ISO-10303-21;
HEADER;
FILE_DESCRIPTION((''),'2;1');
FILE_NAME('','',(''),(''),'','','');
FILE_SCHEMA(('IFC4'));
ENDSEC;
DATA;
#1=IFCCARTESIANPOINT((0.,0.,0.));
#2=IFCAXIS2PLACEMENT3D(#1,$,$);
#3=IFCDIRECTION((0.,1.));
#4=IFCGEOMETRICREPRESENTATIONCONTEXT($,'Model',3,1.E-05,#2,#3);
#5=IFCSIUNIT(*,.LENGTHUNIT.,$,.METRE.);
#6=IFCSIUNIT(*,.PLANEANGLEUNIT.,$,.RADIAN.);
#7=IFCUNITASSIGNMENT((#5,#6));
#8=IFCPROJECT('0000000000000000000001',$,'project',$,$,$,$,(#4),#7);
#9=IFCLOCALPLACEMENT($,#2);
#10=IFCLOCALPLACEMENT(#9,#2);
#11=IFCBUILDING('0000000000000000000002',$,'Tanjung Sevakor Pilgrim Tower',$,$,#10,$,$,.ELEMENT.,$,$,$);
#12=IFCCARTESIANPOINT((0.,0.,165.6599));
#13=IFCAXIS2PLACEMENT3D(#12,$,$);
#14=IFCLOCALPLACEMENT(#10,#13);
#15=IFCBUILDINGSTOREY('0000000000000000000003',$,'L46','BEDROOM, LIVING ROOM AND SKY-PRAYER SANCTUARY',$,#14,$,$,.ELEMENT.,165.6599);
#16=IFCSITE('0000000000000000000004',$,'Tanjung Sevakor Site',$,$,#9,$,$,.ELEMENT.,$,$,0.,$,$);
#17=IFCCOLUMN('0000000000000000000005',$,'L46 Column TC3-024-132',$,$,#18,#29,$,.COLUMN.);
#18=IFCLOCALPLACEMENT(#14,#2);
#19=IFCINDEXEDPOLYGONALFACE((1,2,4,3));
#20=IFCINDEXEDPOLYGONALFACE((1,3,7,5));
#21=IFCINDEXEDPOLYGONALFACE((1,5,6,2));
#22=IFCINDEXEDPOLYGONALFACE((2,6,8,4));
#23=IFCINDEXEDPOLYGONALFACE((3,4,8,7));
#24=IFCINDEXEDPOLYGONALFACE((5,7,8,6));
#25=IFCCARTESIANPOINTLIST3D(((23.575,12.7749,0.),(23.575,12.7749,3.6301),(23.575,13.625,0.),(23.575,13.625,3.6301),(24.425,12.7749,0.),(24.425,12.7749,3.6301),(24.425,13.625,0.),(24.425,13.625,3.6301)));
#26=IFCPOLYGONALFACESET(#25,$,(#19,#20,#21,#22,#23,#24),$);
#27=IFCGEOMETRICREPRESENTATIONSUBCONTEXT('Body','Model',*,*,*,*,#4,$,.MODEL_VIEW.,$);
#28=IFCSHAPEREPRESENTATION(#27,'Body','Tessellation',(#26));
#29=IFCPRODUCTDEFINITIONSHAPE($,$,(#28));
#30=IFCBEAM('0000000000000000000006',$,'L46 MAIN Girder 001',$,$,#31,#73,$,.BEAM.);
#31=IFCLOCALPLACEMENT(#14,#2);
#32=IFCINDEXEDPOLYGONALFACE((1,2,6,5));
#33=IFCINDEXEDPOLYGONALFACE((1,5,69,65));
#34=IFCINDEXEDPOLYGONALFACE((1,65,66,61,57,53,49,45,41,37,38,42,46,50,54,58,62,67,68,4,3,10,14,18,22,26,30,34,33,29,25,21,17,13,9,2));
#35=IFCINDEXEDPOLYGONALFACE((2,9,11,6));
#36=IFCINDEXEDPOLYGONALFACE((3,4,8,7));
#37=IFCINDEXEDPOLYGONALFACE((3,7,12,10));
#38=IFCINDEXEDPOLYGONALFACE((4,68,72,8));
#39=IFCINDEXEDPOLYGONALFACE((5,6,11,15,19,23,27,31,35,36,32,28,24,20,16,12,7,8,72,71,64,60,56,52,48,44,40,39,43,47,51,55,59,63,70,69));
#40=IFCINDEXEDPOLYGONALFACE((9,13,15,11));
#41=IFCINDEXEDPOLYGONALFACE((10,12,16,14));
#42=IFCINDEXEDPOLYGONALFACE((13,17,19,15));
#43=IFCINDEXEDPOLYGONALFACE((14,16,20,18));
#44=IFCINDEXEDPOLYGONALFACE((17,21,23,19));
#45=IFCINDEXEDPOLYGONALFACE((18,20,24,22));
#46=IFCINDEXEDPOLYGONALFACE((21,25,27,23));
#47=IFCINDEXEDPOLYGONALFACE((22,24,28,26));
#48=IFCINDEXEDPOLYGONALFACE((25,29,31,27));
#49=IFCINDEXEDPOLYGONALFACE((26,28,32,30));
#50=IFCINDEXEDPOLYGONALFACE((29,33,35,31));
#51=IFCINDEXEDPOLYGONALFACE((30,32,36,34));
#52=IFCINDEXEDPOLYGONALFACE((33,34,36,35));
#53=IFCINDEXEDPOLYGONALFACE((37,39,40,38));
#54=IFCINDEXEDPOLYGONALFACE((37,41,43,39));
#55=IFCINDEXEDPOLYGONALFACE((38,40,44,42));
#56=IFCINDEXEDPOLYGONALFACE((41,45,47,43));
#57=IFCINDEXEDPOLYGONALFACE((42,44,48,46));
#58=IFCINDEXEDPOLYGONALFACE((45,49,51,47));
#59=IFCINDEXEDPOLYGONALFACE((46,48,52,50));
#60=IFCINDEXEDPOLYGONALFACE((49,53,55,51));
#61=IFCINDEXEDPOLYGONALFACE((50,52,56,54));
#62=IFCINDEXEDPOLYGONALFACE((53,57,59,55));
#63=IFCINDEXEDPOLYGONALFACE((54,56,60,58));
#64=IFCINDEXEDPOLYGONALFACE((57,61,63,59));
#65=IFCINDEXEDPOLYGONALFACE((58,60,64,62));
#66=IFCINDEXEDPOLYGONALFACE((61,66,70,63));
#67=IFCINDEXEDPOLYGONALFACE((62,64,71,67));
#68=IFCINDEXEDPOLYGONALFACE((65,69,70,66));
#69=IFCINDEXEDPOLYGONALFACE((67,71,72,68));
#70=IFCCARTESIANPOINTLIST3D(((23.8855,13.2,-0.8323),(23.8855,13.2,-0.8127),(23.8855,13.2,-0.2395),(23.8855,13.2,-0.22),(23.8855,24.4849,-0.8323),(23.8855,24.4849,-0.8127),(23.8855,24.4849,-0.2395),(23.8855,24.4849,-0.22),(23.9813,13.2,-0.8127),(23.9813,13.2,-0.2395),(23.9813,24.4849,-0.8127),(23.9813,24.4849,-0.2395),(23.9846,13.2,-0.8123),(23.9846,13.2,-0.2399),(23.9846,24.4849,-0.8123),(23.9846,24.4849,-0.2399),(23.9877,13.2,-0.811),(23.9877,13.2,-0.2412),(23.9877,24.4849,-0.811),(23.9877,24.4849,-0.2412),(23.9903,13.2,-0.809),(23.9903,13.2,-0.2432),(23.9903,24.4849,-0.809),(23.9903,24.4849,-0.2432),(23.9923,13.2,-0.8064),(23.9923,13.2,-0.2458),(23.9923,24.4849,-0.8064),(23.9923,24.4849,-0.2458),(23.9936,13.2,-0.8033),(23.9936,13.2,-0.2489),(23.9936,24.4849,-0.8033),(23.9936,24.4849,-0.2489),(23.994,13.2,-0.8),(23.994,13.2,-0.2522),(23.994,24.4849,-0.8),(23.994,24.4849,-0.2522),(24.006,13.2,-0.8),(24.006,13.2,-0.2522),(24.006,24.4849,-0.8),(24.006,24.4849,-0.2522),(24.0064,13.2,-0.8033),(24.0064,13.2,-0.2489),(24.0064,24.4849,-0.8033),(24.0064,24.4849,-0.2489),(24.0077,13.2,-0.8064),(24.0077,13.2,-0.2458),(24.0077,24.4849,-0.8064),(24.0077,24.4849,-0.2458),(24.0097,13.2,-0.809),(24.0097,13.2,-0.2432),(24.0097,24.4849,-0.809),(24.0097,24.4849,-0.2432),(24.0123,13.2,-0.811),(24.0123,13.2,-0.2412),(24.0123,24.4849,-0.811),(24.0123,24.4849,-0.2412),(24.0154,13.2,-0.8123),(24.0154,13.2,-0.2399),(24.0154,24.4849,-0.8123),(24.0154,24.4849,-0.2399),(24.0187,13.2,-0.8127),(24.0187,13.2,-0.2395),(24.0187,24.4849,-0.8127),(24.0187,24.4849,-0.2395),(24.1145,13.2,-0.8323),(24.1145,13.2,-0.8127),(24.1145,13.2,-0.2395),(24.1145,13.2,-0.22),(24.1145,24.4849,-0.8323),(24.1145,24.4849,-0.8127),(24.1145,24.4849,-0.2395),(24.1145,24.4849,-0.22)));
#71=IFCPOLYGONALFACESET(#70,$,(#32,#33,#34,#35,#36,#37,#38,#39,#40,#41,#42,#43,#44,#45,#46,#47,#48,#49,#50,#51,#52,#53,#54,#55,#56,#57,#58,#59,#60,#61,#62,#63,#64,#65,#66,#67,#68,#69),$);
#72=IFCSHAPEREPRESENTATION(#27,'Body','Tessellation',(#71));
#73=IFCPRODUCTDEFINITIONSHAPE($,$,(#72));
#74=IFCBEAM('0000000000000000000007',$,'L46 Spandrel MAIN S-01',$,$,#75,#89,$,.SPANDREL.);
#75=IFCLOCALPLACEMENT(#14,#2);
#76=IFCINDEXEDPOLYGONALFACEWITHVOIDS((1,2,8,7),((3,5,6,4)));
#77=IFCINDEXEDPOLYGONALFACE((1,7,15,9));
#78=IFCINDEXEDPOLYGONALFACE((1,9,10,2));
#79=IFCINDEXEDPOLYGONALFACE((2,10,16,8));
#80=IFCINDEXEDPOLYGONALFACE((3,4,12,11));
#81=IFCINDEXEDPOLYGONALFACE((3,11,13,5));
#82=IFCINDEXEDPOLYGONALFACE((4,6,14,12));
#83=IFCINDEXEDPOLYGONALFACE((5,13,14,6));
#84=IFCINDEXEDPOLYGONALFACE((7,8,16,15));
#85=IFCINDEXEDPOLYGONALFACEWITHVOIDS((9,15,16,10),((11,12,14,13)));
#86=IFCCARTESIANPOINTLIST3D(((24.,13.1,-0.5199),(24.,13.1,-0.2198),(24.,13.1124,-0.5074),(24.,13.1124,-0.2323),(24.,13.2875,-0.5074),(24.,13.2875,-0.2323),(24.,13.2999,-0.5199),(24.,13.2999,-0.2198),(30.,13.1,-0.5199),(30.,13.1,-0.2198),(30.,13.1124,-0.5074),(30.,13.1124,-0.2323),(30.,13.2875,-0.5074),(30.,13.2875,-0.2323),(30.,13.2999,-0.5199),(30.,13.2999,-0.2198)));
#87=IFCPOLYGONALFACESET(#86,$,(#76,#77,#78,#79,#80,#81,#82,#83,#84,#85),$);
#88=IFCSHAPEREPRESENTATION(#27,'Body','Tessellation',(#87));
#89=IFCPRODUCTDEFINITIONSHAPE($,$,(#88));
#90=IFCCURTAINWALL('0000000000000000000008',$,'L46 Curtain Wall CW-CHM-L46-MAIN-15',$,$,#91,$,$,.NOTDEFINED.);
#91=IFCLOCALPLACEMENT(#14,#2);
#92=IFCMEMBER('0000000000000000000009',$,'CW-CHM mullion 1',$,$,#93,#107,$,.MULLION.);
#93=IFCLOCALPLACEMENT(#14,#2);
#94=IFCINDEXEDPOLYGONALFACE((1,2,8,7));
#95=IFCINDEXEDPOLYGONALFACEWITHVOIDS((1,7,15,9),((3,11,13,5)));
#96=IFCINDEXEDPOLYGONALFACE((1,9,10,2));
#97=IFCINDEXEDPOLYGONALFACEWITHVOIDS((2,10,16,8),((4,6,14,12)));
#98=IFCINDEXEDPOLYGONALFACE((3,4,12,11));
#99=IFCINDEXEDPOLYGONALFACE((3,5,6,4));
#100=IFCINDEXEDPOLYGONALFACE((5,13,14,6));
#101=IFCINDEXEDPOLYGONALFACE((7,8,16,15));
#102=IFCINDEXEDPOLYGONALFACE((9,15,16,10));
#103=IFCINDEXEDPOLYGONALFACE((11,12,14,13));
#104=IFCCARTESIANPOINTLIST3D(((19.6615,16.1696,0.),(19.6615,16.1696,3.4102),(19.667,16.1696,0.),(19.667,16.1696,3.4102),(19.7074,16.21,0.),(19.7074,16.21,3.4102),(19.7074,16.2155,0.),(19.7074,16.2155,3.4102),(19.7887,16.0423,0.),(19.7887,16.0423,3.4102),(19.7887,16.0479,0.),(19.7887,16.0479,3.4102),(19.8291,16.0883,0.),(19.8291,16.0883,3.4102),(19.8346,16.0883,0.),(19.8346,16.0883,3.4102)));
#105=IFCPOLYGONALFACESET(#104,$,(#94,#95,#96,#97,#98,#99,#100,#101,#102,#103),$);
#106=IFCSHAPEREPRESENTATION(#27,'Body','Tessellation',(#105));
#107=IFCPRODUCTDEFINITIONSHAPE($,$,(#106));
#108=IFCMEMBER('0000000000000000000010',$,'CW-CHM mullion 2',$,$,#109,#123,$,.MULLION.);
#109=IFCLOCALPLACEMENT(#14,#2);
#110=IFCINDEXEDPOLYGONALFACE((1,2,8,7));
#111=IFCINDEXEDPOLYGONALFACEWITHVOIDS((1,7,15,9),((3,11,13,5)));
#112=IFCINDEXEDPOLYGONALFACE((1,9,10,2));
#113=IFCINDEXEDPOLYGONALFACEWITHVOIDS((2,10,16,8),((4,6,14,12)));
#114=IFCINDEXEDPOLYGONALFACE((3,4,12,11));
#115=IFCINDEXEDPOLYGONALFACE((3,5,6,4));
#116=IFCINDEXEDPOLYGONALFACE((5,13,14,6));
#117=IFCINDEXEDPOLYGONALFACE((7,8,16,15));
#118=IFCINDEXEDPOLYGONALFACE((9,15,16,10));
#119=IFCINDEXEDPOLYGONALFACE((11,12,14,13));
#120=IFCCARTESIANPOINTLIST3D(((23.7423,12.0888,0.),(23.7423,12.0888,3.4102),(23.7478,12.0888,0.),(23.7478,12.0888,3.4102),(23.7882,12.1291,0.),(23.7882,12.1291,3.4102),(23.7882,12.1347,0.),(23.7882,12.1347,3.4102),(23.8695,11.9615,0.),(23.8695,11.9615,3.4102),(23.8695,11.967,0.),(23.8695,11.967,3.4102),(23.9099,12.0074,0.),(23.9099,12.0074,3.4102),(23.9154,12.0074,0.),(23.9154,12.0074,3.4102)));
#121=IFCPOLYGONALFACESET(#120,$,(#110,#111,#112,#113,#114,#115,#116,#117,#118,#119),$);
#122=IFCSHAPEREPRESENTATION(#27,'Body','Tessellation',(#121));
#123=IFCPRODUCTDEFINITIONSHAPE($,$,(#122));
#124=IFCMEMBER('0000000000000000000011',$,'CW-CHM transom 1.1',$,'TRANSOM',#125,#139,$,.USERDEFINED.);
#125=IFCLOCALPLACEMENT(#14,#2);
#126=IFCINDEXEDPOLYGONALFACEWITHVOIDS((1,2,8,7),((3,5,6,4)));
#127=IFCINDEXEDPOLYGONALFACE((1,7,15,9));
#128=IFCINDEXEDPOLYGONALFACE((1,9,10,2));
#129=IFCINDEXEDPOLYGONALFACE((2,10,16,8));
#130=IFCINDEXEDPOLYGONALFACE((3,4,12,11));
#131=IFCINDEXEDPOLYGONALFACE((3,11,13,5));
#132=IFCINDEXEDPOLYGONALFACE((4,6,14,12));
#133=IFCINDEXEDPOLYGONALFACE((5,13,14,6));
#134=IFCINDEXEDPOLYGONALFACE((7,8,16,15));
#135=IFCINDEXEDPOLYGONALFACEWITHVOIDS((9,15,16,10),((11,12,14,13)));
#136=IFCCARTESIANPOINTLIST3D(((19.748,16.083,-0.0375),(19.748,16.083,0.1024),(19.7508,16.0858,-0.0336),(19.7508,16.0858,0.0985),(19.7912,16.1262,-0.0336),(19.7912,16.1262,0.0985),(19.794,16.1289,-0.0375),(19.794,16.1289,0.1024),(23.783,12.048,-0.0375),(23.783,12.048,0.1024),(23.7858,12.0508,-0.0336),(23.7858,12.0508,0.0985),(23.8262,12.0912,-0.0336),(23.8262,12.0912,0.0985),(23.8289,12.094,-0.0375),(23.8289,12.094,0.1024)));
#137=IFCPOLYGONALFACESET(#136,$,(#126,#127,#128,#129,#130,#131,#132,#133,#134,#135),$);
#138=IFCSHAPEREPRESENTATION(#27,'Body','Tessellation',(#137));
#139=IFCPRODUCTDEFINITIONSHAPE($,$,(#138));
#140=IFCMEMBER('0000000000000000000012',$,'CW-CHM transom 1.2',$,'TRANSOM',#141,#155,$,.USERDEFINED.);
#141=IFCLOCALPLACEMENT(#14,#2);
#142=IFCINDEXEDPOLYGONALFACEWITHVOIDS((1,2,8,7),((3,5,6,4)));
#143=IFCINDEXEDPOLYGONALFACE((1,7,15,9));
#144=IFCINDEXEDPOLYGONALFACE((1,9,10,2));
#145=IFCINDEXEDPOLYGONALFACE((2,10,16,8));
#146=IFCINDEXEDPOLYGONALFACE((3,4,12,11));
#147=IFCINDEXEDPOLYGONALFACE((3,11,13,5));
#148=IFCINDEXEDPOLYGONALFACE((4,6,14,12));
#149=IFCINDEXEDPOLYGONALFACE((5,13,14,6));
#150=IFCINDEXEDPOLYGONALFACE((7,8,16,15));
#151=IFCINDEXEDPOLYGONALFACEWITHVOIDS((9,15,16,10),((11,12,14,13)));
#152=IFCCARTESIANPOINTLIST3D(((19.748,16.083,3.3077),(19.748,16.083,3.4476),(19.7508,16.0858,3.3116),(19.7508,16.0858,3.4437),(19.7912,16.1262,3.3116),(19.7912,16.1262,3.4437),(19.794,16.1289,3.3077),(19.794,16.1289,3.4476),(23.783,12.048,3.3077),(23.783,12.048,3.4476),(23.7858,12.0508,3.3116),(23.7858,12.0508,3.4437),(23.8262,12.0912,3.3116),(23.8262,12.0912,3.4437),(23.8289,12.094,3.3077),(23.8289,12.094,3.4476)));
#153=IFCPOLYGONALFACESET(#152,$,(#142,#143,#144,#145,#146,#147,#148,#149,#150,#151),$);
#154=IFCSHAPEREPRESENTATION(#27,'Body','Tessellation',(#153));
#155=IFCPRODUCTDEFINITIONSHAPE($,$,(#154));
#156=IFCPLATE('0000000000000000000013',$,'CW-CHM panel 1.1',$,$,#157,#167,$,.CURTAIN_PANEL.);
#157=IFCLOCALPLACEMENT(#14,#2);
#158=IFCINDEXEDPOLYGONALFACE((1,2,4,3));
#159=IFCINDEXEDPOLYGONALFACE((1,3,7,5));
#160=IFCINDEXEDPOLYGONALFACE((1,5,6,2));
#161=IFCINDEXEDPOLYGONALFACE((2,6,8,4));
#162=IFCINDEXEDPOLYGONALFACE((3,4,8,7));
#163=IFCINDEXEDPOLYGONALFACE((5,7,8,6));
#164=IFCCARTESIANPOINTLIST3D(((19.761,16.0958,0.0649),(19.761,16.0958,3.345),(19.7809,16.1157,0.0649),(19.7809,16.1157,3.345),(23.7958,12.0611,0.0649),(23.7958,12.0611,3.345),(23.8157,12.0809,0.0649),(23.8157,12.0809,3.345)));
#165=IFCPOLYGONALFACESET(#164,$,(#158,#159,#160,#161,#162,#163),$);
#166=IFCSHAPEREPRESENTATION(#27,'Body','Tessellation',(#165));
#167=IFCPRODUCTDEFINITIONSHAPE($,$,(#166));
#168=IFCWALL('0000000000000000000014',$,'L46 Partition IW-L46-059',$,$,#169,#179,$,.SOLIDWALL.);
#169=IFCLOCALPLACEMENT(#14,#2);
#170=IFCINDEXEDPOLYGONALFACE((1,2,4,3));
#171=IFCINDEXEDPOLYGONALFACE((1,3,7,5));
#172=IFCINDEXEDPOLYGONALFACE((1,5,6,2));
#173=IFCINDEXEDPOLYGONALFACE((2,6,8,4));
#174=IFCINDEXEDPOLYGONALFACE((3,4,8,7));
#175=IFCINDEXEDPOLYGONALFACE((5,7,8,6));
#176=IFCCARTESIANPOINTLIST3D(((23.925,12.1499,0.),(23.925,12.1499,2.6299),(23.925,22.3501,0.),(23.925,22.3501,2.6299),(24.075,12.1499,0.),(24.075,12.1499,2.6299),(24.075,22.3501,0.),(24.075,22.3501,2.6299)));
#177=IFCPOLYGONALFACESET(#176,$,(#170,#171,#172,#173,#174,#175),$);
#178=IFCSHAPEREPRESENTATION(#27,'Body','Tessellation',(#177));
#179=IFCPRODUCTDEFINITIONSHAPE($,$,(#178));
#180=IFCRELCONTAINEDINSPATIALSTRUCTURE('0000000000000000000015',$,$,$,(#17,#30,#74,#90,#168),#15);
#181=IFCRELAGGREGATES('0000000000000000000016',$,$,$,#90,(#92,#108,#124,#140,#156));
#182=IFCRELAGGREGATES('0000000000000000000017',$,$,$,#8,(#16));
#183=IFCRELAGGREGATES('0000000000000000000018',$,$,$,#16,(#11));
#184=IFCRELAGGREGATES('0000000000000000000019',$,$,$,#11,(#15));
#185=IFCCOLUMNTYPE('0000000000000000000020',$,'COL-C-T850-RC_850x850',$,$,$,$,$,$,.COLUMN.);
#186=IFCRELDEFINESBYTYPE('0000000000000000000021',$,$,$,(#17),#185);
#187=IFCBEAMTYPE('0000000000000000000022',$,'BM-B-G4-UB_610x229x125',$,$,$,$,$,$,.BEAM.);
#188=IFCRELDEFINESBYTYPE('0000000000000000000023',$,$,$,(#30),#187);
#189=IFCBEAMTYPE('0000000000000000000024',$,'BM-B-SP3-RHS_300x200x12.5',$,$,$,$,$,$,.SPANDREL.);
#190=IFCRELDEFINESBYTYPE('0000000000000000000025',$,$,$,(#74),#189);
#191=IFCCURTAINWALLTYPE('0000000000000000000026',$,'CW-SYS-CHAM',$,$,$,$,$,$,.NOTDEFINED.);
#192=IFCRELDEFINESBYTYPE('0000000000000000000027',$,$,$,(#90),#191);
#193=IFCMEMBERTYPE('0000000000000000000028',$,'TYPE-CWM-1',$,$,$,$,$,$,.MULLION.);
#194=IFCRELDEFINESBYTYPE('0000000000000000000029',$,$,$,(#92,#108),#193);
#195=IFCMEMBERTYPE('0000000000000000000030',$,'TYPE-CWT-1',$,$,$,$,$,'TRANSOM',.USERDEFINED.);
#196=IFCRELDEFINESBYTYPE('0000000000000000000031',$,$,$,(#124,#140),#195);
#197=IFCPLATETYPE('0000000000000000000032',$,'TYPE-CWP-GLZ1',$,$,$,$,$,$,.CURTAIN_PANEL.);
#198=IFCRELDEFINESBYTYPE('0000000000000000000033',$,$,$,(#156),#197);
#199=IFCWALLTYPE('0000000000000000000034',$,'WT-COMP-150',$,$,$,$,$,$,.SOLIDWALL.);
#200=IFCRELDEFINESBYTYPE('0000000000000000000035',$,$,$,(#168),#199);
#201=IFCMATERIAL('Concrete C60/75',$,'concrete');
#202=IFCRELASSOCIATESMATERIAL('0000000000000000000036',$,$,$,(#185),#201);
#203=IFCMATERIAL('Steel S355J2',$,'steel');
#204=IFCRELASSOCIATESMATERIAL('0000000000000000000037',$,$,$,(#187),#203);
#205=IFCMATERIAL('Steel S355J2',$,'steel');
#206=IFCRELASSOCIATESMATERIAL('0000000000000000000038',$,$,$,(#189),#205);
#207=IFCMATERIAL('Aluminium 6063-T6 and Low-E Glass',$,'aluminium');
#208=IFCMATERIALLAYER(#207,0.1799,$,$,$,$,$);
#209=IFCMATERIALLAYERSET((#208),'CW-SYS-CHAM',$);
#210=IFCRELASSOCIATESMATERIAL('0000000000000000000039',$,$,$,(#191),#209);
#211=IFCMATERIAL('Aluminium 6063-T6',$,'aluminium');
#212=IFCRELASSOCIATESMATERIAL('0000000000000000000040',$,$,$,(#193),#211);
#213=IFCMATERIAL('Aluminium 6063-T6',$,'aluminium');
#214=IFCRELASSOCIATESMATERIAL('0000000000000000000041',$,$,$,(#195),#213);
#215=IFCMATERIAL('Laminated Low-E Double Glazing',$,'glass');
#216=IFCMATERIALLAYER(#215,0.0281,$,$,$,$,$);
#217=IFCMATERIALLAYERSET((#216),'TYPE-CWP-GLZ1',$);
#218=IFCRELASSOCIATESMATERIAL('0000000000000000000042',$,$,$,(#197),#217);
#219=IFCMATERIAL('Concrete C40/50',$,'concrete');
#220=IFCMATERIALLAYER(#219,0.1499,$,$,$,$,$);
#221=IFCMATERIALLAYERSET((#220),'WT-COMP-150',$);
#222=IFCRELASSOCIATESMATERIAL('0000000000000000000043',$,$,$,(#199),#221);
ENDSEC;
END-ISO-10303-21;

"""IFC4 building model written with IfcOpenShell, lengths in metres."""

from ifc_helpers import new_model, si_unit, direction, frame, frame_2d, origin, origin_2d, place, context, subcontext, project, spatial, rectangle, hollow_rectangle, i_section, extrude, material, layer, layer_set, material_profile, profile_set, type_object, element, aggregate, save


model = new_model("IFC4")

# Units and contexts
model_context = context("Model", 3, precision=1e-05, world=origin(), true_north=direction((0.0, 1.0)))
body_context = subcontext(model_context, "Body", "Model", "MODEL_VIEW")
ifc_project = project(units=[si_unit("LENGTHUNIT", "METRE"), si_unit("PLANEANGLEUNIT", "RADIAN")], contexts=[model_context])

# Site, building, storey
site_placement = place(None, origin())
site = spatial("IfcSite", under=ifc_project, at=site_placement, Name="Tanjung Sevakor Site", CompositionType="ELEMENT", RefElevation=0.0)
building_placement = place(site_placement, origin())
building = spatial("IfcBuilding", under=site, at=building_placement, Name="Tanjung Sevakor Pilgrim Tower", CompositionType="ELEMENT")
storey_placement = place(building_placement, frame((0.0, 0.0, 165.6599)))
storey = spatial("IfcBuildingStorey", under=building, at=storey_placement, Name="L46", Description="BEDROOM, LIVING ROOM AND SKY-PRAYER SANCTUARY", CompositionType="ELEMENT", Elevation=165.6599)

# Column
ifc_material_1 = material(Name="Concrete C60/75", Category="concrete")
ifc_material_profile_1 = material_profile(ifc_material_1, rectangle(XDim=0.8501, YDim=0.8501, at=origin_2d()))
ifc_profile_set_1 = profile_set([ifc_material_profile_1], Name="Concrete C60/75")
column_type = type_object("IfcColumnType", Name="COL-C-T850-RC_850x850", PredefinedType="COLUMN", material=ifc_profile_set_1)
column_placement = place(storey_placement, frame((24.0, 13.2, 0.0), z_axis=(0.0, 0.0, 1.0), x_axis=(1.0, 0.0, 0.0)))
element("IfcColumn", 1, at=column_placement, inside=storey, type_object=column_type, Name="L46 Column TC3-024-132", PredefinedType="COLUMN", context=body_context, shape_type="SweptSolid", body=[
    extrude(rectangle(XDim=0.8501, YDim=0.8501, at=origin_2d()), origin(), (0.0, 0.0, 1.0), 3.6301),
])

# Beams
ifc_material_2 = material(Name="Steel S355J2", Category="steel")
ifc_material_profile_2 = material_profile(ifc_material_2, i_section(OverallWidth=0.229, OverallDepth=0.6123, WebThickness=0.012, FlangeThickness=0.0195, FilletRadius=0.0127, at=origin_2d()))
ifc_profile_set_2 = profile_set([ifc_material_profile_2], Name="Steel S355J2")
beam_type_1 = type_object("IfcBeamType", Name="BM-B-G4-UB_610x229x125", PredefinedType="BEAM", material=ifc_profile_set_2)
beam_1_placement = place(storey_placement, frame((24.0, 13.2, -0.5261), z_axis=(0.0, 1.0, 0.0), x_axis=(-1.0, 0.0, 0.0)))
element("IfcBeam", 2, at=beam_1_placement, inside=storey, type_object=beam_type_1, Name="L46 MAIN Girder 001", PredefinedType="BEAM", context=body_context, shape_type="SweptSolid", body=[
    extrude(i_section(OverallWidth=0.229, OverallDepth=0.6123, WebThickness=0.012, FlangeThickness=0.0195, FilletRadius=0.0127, at=origin_2d()), origin(), (0.0, 0.0, 1.0), 11.2849),
])
ifc_material_3 = material(Name="Steel S355J2", Category="steel")
ifc_material_profile_3 = material_profile(ifc_material_3, hollow_rectangle(XDim=0.2, YDim=0.3, WallThickness=0.0125, at=origin_2d()))
ifc_profile_set_3 = profile_set([ifc_material_profile_3], Name="Steel S355J2")
beam_type_2 = type_object("IfcBeamType", Name="BM-B-SP3-RHS_300x200x12.5", PredefinedType="SPANDREL", material=ifc_profile_set_3)
beam_2_placement = place(storey_placement, frame((24.0, 13.2, -0.3699), z_axis=(1.0, 0.0, 0.0), x_axis=(0.0, 1.0, 0.0)))
element("IfcBeam", 3, at=beam_2_placement, inside=storey, type_object=beam_type_2, Name="L46 Spandrel MAIN S-01", PredefinedType="SPANDREL", context=body_context, shape_type="SweptSolid", body=[
    extrude(hollow_rectangle(XDim=0.2, YDim=0.3, WallThickness=0.0125, at=origin_2d()), origin(), (0.0, 0.0, 1.0), 6.0),
])

# Curtain wall, members, plate
ifc_material_4 = material(Name="Aluminium 6063-T6 and Low-E Glass", Category="aluminium")
ifc_layer_1 = layer(ifc_material_4, 0.1799)
ifc_layer_set_1 = layer_set([ifc_layer_1], Name="CW-SYS-CHAM")
curtain_wall_type = type_object("IfcCurtainWallType", Name="CW-SYS-CHAM", PredefinedType="NOTDEFINED", material=ifc_layer_set_1)
curtain_wall_placement = place(storey_placement, origin())
curtain_wall = element("IfcCurtainWall", 4, at=curtain_wall_placement, inside=storey, type_object=curtain_wall_type, Name="L46 Curtain Wall CW-CHM-L46-MAIN-15", PredefinedType="NOTDEFINED")
ifc_material_5 = material(Name="Aluminium 6063-T6", Category="aluminium")
ifc_material_profile_4 = material_profile(ifc_material_5, hollow_rectangle(XDim=0.0649, YDim=0.1799, WallThickness=0.0039, at=origin_2d()))
ifc_profile_set_4 = profile_set([ifc_material_profile_4], Name="Aluminium 6063-T6")
member_type_1 = type_object("IfcMemberType", Name="TYPE-CWM-1", PredefinedType="MULLION", material=ifc_profile_set_4)
member_1_placement = place(storey_placement, frame((19.748, 16.1289, 0.0), z_axis=(0.0, 0.0, 1.0), x_axis=(0.707107, 0.707107, 0.0)))
member_1 = element("IfcMember", 5, at=member_1_placement, type_object=member_type_1, Name="CW-CHM mullion 1", PredefinedType="MULLION", context=body_context, shape_type="SweptSolid", body=[
    extrude(hollow_rectangle(XDim=0.0649, YDim=0.1799, WallThickness=0.0039, at=origin_2d()), origin(), (0.0, 0.0, 1.0), 3.4102),
])
member_2_placement = place(storey_placement, frame((23.8289, 12.0481, 0.0), z_axis=(0.0, 0.0, 1.0), x_axis=(0.707107, 0.707107, 0.0)))
member_2 = element("IfcMember", 6, at=member_2_placement, type_object=member_type_1, Name="CW-CHM mullion 2", PredefinedType="MULLION", context=body_context, shape_type="SweptSolid", body=[
    extrude(hollow_rectangle(XDim=0.0649, YDim=0.1799, WallThickness=0.0039, at=origin_2d()), origin(), (0.0, 0.0, 1.0), 3.4102),
])
ifc_material_6 = material(Name="Aluminium 6063-T6", Category="aluminium")
ifc_material_profile_5 = material_profile(ifc_material_6, hollow_rectangle(XDim=0.0649, YDim=0.1399, WallThickness=0.0039, at=origin_2d()))
ifc_profile_set_5 = profile_set([ifc_material_profile_5], Name="Aluminium 6063-T6")
member_type_2 = type_object("IfcMemberType", Name="TYPE-CWT-1", ElementType="TRANSOM", PredefinedType="USERDEFINED", material=ifc_profile_set_5)
member_3_placement = place(storey_placement, frame((19.771, 16.106, 0.0325), z_axis=(0.707107, -0.707107, 0.0), x_axis=(0.707107, 0.707107, 0.0)))
member_3 = element("IfcMember", 7, at=member_3_placement, type_object=member_type_2, Name="CW-CHM transom 1.1", ObjectType="TRANSOM", PredefinedType="USERDEFINED", context=body_context, shape_type="SweptSolid", body=[
    extrude(hollow_rectangle(XDim=0.0649, YDim=0.1399, WallThickness=0.0039, at=origin_2d()), origin(), (0.0, 0.0, 1.0), 5.7063),
])
member_4_placement = place(storey_placement, frame((19.771, 16.106, 3.3777), z_axis=(0.707107, -0.707107, 0.0), x_axis=(0.707107, 0.707107, 0.0)))
member_4 = element("IfcMember", 8, at=member_4_placement, type_object=member_type_2, Name="CW-CHM transom 1.2", ObjectType="TRANSOM", PredefinedType="USERDEFINED", context=body_context, shape_type="SweptSolid", body=[
    extrude(hollow_rectangle(XDim=0.0649, YDim=0.1399, WallThickness=0.0039, at=origin_2d()), origin(), (0.0, 0.0, 1.0), 5.7063),
])
ifc_material_7 = material(Name="Laminated Low-E Double Glazing", Category="glass")
ifc_layer_2 = layer(ifc_material_7, 0.0281)
ifc_layer_set_2 = layer_set([ifc_layer_2], Name="TYPE-CWP-GLZ1")
plate_type = type_object("IfcPlateType", Name="TYPE-CWP-GLZ1", PredefinedType="CURTAIN_PANEL", material=ifc_layer_set_2)
plate_placement = place(storey_placement, frame((21.7883, 14.0884, 0.0649), z_axis=(0.0, 0.0, 1.0), x_axis=(0.707107, -0.707107, 0.0)))
plate = element("IfcPlate", 9, at=plate_placement, type_object=plate_type, Name="CW-CHM panel 1.1", PredefinedType="CURTAIN_PANEL", context=body_context, shape_type="SweptSolid", body=[
    extrude(rectangle(XDim=5.7061, YDim=0.0281, at=origin_2d()), origin(), (0.0, 0.0, 1.0), 3.28),
])
aggregate(curtain_wall, [member_1, member_2, member_3, member_4, plate])

# Wall
ifc_material_8 = material(Name="Concrete C40/50", Category="concrete")
ifc_layer_3 = layer(ifc_material_8, 0.1499)
ifc_layer_set_3 = layer_set([ifc_layer_3], Name="WT-COMP-150")
wall_type_1 = type_object("IfcWallType", Name="WT-COMP-150", PredefinedType="SOLIDWALL", material=ifc_layer_set_3)
wall_1_placement = place(storey_placement, frame((24.0, 12.1499, 0.0), z_axis=(0.0, 0.0, 1.0), x_axis=(0.0, 1.0, 0.0)))
element("IfcWall", 10, at=wall_1_placement, inside=storey, type_object=wall_type_1, Name="L46 Partition IW-L46-059", PredefinedType="SOLIDWALL", context=body_context, shape_type="SweptSolid", body=[
    extrude(rectangle(XDim=10.2002, YDim=0.1499, at=frame_2d((5.1001, 0.0))), origin(), (0.0, 0.0, 1.0), 2.6299),
])

save(model, "model.ifc")
